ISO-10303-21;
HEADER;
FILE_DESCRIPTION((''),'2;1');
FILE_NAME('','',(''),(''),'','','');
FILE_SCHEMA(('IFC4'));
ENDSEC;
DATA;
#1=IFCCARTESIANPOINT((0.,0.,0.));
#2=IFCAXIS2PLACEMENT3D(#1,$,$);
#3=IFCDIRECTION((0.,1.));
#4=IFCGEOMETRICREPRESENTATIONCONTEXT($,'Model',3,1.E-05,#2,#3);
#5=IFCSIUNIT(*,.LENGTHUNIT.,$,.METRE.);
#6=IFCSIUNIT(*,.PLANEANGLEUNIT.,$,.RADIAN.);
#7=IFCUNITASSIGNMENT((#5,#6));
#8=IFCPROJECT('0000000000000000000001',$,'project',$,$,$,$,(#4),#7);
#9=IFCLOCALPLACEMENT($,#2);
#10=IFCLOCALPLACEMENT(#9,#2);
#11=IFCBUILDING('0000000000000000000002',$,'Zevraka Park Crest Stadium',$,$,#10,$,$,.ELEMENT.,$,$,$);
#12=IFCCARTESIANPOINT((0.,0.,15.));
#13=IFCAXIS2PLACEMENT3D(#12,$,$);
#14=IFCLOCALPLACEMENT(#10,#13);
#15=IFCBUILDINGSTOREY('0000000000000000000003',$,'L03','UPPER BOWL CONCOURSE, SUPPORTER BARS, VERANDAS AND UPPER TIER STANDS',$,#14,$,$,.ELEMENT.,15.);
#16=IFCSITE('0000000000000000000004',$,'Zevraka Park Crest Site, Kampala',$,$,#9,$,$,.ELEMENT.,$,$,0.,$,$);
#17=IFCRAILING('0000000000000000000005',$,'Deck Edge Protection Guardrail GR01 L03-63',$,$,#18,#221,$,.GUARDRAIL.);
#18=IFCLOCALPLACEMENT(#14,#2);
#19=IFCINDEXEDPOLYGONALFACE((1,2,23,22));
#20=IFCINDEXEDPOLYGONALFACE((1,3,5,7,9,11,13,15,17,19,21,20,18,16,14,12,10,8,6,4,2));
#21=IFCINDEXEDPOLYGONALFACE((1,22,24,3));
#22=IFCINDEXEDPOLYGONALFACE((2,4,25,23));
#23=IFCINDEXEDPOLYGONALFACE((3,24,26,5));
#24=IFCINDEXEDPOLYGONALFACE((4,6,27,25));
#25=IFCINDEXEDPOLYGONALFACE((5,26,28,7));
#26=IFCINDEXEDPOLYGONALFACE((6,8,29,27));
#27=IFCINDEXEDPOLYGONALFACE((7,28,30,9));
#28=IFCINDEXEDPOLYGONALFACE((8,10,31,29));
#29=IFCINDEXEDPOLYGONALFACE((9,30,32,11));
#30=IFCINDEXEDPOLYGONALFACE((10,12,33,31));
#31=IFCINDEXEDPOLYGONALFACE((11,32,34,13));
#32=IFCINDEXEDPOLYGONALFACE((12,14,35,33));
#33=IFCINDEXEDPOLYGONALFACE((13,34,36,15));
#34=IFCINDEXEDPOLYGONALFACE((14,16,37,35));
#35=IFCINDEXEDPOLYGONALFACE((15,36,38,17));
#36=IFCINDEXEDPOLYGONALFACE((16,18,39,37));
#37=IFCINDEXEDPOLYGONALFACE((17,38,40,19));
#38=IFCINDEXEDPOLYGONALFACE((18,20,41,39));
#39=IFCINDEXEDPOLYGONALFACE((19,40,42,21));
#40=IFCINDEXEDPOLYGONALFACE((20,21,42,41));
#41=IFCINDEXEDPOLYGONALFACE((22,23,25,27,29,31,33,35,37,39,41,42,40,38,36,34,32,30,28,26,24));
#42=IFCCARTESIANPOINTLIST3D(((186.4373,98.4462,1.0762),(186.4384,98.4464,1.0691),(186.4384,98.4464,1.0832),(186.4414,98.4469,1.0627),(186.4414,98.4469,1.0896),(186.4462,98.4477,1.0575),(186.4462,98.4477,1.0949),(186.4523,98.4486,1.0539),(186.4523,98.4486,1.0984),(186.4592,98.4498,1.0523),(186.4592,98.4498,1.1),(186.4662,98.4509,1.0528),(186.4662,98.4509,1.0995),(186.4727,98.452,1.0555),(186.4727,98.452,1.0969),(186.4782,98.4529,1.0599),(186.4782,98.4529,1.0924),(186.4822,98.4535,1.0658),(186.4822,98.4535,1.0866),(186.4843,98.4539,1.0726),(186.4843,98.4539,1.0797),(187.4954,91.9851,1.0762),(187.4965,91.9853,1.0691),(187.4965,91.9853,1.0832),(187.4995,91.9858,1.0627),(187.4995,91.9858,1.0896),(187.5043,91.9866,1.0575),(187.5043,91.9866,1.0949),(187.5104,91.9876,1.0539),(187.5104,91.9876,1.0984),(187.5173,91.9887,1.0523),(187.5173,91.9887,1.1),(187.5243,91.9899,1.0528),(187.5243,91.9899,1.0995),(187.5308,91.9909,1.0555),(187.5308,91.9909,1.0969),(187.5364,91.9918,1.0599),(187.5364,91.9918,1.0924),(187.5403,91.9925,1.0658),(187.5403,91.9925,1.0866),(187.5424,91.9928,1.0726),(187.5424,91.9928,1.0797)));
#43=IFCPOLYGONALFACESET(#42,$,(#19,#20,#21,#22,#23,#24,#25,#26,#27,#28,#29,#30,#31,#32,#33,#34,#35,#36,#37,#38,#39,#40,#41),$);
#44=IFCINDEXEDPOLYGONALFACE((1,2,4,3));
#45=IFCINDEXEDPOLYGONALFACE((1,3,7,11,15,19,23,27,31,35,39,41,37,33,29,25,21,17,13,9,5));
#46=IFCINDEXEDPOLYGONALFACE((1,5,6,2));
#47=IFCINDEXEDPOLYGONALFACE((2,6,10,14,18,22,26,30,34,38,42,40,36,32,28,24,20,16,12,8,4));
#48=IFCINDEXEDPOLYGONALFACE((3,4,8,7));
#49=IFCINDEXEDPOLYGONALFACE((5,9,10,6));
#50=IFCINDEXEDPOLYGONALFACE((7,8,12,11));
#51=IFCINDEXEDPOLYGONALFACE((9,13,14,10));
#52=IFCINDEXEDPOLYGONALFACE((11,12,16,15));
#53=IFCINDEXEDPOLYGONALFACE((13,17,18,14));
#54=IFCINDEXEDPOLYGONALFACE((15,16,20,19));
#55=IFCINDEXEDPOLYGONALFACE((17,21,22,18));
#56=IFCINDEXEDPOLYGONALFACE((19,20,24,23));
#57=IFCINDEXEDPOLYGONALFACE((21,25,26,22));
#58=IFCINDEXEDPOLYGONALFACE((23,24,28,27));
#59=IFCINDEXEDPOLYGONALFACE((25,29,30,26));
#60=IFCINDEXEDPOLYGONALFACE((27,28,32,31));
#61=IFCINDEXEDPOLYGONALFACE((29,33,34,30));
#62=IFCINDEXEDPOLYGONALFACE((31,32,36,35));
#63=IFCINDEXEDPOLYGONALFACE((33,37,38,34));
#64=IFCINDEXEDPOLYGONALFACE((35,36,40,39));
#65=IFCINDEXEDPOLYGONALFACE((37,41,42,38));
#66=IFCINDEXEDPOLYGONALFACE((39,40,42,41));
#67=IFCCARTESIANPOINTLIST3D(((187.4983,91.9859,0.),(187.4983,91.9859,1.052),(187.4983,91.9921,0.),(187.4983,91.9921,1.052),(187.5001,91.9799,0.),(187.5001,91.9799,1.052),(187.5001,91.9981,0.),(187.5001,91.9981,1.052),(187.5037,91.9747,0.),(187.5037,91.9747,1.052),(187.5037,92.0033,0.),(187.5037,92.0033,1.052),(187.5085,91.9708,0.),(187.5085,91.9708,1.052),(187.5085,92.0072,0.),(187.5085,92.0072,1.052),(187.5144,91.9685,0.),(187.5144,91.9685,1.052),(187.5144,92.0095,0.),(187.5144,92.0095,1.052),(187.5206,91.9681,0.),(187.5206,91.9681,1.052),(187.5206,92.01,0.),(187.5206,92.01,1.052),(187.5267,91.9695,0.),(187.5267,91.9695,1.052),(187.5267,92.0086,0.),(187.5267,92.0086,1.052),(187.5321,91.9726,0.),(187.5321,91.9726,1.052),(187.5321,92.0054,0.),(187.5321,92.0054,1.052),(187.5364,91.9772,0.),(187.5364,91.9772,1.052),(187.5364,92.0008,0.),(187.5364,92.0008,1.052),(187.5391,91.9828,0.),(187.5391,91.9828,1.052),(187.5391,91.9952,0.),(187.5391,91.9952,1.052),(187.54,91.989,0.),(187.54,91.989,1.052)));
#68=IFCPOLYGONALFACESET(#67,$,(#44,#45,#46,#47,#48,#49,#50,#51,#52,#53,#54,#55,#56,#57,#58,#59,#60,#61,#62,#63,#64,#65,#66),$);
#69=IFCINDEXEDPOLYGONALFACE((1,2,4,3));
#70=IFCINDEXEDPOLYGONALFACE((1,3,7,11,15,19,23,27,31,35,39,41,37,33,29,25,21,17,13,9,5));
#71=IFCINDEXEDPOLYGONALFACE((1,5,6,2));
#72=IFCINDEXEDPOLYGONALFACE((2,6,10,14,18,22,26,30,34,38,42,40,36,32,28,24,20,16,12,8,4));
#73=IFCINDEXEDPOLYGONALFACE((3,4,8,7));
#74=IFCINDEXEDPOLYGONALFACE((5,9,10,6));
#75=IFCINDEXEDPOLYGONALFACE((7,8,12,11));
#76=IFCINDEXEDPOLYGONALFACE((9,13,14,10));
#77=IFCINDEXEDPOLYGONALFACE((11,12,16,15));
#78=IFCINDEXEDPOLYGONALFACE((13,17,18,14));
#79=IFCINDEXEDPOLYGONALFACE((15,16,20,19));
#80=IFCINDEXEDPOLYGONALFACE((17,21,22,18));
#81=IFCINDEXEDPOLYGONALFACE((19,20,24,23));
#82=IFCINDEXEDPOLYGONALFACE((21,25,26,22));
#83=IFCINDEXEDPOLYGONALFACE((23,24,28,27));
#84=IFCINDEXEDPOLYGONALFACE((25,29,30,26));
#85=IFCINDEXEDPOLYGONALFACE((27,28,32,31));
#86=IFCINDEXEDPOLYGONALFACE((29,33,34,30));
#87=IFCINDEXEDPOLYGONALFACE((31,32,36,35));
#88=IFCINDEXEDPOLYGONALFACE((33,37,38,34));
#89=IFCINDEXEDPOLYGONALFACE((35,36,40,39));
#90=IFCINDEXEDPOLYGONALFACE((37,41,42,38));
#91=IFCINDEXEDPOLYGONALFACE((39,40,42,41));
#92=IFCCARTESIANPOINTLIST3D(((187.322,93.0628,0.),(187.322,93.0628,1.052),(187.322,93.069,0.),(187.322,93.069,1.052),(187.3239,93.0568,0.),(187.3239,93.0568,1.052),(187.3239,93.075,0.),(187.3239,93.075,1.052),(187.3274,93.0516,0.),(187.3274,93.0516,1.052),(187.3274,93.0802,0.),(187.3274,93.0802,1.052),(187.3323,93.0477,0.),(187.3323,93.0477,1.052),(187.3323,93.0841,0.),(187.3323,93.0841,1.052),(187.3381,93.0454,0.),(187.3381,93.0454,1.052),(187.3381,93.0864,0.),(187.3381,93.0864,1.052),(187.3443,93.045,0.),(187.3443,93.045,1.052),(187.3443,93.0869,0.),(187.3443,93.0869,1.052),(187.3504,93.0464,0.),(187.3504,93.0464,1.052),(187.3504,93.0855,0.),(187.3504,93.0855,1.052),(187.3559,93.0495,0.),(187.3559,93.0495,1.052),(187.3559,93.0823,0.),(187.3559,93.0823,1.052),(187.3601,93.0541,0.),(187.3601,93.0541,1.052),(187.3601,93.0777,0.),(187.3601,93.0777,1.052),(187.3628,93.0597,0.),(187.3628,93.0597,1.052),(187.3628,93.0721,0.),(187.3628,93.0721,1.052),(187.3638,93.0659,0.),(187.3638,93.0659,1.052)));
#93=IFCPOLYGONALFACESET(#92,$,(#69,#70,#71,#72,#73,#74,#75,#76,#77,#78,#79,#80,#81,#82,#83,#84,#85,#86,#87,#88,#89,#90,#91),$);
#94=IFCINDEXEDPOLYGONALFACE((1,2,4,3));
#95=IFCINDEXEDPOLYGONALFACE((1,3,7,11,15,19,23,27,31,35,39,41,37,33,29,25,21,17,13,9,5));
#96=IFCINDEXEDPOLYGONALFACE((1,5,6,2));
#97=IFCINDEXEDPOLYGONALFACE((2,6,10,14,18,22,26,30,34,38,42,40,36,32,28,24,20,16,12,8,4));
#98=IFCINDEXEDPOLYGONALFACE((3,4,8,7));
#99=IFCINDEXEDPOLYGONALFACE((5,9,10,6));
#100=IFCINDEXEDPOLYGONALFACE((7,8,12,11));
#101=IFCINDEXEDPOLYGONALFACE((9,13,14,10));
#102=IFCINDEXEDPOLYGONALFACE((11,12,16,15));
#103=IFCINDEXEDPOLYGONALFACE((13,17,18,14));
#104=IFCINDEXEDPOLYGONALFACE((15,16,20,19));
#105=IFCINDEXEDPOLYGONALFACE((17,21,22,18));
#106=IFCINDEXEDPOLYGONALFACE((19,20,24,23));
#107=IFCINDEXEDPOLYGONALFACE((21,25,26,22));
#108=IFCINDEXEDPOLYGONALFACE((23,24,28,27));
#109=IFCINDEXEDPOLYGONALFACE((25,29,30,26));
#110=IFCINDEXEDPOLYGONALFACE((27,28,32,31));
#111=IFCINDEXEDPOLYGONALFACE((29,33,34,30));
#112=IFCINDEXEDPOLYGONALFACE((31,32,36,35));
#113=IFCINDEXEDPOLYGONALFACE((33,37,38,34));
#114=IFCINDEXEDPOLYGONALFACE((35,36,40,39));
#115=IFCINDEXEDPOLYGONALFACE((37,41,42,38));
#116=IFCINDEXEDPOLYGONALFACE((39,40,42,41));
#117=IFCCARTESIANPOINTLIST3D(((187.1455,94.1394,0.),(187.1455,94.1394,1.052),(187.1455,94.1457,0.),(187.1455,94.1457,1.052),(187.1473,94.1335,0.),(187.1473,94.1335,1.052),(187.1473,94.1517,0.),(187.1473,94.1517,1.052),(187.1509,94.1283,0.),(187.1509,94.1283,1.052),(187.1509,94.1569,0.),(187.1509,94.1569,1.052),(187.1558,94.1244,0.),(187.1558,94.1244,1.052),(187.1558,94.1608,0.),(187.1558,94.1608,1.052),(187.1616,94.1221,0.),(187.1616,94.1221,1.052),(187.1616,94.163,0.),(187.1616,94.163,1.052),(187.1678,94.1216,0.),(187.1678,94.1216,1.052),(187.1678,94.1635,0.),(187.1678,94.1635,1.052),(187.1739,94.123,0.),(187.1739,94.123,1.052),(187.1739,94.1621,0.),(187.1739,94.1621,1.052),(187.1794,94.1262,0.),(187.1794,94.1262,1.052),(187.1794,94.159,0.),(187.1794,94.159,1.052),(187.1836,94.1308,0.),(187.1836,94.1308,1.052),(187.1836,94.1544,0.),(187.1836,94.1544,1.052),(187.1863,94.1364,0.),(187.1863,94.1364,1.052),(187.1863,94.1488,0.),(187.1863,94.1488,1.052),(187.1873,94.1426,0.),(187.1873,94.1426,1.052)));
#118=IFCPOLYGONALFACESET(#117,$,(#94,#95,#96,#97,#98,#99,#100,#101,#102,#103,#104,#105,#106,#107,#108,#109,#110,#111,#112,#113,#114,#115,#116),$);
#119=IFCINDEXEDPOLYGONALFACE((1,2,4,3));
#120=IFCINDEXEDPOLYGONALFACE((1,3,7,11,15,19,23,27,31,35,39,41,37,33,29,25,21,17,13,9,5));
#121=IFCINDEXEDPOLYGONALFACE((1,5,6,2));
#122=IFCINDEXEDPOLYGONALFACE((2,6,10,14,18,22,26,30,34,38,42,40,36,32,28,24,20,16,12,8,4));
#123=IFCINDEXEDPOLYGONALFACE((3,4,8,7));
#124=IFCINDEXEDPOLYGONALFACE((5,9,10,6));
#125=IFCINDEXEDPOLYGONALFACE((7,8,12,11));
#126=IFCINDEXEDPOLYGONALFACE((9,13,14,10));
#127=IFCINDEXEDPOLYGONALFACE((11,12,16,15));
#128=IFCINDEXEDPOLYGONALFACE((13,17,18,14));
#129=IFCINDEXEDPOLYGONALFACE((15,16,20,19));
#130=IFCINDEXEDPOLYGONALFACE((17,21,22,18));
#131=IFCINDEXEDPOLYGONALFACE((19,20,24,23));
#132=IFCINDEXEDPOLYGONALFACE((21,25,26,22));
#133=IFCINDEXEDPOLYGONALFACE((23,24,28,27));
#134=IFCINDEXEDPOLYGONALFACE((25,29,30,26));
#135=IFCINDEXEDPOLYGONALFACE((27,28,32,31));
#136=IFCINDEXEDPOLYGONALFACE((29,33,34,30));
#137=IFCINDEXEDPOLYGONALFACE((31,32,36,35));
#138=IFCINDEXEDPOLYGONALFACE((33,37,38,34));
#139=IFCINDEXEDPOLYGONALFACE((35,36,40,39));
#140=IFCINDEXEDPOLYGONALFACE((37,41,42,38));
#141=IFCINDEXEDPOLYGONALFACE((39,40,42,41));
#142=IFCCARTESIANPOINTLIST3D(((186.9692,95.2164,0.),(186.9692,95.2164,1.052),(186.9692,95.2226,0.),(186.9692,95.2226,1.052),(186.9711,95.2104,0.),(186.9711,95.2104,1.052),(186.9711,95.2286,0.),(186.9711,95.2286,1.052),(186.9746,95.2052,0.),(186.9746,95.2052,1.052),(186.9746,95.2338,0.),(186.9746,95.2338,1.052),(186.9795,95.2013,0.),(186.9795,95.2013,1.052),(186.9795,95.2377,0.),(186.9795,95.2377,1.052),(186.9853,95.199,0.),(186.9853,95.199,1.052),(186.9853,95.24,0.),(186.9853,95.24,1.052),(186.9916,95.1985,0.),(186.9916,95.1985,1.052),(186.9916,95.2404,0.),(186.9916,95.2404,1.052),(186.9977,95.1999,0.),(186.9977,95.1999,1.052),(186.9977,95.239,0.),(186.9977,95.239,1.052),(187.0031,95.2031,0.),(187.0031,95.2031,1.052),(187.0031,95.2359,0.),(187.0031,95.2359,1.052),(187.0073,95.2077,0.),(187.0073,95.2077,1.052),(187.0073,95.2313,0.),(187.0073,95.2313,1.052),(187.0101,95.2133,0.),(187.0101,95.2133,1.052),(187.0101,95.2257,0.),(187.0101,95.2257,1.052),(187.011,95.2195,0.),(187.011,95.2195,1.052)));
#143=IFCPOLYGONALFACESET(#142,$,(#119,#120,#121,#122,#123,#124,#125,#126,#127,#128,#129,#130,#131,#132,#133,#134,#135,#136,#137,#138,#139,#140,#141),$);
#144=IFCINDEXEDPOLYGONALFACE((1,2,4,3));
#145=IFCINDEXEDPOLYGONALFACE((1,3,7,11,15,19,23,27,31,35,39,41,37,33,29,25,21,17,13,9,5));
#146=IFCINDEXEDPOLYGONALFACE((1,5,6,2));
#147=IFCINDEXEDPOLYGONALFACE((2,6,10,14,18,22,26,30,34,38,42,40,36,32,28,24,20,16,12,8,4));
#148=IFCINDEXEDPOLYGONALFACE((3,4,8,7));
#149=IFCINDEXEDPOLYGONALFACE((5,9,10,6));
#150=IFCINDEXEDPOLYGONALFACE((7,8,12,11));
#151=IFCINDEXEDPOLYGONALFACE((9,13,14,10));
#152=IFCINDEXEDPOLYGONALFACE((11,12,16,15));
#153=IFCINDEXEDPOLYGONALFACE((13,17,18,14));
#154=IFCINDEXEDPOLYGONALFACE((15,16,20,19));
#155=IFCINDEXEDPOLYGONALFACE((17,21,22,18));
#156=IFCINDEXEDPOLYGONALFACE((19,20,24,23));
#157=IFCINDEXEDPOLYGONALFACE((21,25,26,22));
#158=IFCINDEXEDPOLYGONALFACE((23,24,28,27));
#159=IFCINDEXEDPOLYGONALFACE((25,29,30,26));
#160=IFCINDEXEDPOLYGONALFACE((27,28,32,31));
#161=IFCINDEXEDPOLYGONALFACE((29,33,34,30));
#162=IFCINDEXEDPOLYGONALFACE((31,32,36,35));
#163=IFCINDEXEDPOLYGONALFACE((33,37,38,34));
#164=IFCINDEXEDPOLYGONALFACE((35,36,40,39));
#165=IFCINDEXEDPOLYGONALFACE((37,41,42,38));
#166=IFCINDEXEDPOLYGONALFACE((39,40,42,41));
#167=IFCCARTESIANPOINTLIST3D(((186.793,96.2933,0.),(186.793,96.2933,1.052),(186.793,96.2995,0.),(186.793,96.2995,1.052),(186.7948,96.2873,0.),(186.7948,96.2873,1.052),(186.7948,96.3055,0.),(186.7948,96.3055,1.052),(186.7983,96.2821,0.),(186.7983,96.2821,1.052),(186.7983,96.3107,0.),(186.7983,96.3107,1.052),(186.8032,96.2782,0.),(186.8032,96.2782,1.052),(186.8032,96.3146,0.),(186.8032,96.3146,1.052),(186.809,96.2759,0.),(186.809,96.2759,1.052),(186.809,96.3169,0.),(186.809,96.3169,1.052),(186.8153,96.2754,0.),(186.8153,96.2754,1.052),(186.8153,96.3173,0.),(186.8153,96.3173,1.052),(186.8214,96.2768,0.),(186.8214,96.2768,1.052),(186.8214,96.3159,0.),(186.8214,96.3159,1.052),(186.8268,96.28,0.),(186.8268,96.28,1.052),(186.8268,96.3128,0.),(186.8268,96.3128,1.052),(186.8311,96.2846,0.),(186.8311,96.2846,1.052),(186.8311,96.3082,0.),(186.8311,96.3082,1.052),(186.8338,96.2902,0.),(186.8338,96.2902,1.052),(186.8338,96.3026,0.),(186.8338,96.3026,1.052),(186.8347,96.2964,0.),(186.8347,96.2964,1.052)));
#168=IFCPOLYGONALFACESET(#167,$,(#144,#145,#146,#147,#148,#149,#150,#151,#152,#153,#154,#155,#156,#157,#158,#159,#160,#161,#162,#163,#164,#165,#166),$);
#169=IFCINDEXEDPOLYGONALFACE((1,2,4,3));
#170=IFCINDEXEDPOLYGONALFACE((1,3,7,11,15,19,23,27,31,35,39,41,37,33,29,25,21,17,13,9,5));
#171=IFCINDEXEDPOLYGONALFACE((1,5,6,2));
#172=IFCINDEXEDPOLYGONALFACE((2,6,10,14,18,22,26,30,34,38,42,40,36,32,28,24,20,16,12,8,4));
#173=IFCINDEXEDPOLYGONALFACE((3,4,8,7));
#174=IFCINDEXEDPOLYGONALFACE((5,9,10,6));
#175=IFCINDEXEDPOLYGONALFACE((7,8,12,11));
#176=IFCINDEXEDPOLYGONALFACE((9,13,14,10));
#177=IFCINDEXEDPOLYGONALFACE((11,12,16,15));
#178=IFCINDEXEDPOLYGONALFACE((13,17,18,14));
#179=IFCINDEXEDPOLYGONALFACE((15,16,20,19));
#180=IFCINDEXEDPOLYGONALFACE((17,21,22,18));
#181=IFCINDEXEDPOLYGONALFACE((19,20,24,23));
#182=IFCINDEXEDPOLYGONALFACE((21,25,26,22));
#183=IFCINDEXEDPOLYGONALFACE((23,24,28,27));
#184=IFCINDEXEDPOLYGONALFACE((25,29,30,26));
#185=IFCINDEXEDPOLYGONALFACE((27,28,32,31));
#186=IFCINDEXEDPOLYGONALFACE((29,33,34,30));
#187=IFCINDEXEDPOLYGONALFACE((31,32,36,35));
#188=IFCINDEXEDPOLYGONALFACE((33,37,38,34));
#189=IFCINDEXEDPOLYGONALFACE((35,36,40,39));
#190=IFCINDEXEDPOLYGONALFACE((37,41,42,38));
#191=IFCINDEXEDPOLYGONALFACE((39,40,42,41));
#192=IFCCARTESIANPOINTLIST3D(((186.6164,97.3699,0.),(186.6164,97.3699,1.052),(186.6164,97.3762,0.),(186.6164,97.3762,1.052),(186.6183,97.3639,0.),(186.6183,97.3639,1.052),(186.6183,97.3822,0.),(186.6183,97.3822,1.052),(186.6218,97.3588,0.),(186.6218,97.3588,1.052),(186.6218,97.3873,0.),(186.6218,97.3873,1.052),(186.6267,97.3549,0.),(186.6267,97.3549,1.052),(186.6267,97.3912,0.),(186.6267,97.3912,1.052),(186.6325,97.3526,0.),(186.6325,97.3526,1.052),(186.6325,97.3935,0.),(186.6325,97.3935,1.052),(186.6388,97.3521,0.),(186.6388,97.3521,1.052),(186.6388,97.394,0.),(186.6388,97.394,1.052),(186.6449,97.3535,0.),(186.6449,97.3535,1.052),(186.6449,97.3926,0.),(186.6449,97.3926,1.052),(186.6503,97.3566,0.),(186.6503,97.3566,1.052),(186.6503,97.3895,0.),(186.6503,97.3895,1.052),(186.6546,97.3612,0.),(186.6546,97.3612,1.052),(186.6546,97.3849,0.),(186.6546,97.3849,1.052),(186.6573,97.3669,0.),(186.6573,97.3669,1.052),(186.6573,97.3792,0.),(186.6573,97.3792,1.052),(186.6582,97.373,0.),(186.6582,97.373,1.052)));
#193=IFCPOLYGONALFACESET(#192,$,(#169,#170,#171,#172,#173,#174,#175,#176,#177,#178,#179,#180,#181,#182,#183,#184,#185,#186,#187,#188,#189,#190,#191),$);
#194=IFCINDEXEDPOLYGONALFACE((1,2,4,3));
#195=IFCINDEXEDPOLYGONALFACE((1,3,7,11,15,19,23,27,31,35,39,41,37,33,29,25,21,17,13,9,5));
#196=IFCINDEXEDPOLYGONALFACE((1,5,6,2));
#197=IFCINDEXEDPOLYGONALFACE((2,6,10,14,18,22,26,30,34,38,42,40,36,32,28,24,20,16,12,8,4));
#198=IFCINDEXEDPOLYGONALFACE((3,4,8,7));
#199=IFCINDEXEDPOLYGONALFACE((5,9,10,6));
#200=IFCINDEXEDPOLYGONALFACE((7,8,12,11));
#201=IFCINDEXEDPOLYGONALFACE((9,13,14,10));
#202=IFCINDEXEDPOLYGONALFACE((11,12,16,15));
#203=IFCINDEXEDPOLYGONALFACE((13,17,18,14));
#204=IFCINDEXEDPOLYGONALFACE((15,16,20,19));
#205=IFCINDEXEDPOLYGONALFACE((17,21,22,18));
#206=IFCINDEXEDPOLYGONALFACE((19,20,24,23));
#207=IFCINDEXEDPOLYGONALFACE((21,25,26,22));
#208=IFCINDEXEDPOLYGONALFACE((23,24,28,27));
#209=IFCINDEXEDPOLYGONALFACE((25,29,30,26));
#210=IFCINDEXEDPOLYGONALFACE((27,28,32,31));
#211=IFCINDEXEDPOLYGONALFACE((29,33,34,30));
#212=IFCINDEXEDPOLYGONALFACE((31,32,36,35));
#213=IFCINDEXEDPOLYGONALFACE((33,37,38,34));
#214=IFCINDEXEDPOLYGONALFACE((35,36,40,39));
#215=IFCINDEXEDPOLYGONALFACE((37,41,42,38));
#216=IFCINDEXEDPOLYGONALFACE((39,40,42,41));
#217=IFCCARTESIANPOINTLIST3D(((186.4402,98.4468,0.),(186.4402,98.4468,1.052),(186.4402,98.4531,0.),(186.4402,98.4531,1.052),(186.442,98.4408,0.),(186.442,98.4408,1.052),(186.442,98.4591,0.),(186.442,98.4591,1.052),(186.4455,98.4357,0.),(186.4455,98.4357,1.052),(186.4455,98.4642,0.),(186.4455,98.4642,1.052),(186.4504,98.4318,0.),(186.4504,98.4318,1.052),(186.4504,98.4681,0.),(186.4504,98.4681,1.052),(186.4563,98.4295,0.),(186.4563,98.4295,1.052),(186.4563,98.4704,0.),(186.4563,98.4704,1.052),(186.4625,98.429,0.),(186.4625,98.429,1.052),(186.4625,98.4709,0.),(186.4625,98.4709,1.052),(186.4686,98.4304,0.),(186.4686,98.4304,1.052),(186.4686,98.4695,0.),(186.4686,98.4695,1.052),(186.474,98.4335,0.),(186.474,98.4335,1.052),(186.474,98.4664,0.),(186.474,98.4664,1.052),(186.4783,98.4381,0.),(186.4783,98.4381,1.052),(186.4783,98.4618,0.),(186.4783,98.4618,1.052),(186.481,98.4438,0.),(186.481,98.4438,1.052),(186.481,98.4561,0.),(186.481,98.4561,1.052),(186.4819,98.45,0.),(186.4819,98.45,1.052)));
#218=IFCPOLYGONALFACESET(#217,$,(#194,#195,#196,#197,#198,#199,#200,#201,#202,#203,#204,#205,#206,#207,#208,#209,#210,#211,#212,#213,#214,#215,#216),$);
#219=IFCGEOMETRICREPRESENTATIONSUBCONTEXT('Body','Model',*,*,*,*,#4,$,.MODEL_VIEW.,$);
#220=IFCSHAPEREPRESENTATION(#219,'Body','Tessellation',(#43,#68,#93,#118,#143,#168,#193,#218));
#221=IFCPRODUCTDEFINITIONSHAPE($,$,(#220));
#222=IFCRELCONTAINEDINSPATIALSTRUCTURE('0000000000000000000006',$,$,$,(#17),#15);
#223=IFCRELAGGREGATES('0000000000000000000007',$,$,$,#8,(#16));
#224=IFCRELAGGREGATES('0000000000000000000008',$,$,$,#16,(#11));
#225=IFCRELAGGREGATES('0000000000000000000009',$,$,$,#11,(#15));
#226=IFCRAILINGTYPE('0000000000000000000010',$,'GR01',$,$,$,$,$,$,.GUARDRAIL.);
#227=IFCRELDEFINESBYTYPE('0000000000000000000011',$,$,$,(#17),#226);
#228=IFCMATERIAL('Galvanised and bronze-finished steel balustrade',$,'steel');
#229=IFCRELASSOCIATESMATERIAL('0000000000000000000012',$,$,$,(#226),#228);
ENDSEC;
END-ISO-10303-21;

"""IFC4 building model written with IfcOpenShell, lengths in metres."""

from ifc_helpers import new_model, si_unit, direction, frame, origin, origin_2d, place, context, subcontext, project, spatial, circle, extrude, material, type_object, element, save


model = new_model("IFC4")

# Units and contexts
model_context = context("Model", 3, precision=1e-05, world=origin(), true_north=direction((0.0, 1.0)))
body_context = subcontext(model_context, "Body", "Model", "MODEL_VIEW")
ifc_project = project(units=[si_unit("LENGTHUNIT", "METRE"), si_unit("PLANEANGLEUNIT", "RADIAN")], contexts=[model_context])

# Site, building, storey
site_placement = place(None, origin())
site = spatial("IfcSite", under=ifc_project, at=site_placement, Name="Zevraka Park Crest Site, Kampala", CompositionType="ELEMENT", RefElevation=0.0)
building_placement = place(site_placement, origin())
building = spatial("IfcBuilding", under=site, at=building_placement, Name="Zevraka Park Crest Stadium", CompositionType="ELEMENT")
storey_placement = place(building_placement, frame((0.0, 0.0, 15.0)))
storey = spatial("IfcBuildingStorey", under=building, at=storey_placement, Name="L03", Description="UPPER BOWL CONCOURSE, SUPPORTER BARS, VERANDAS AND UPPER TIER STANDS", CompositionType="ELEMENT", Elevation=15.0)

# Railing
ifc_material_1 = material(Name="Galvanised and bronze-finished steel balustrade", Category="steel")
railing_type_1 = type_object("IfcRailingType", Name="GR01", PredefinedType="GUARDRAIL", material=ifc_material_1)
railing_1_placement = place(storey_placement, frame((187.519, 91.989, 0.0)))
element("IfcRailing", 1, at=railing_1_placement, inside=storey, type_object=railing_type_1, Name="Deck Edge Protection Guardrail GR01 L03-63", PredefinedType="GUARDRAIL", context=body_context, shape_type="SweptSolid", body=[
    extrude(circle(Radius=0.0239, at=origin_2d()), frame((0.0, 0.0, 1.0762), z_axis=(-0.161617, 0.986854, 0.0), x_axis=(-0.986854, -0.161617, 0.0)), (0.0, 0.0, 1.0), 6.5471),
    extrude(circle(Radius=0.021, at=origin_2d()), origin(), (0.0, 0.0, 1.0), 1.052),
    extrude(circle(Radius=0.021, at=origin_2d()), frame((-0.1763, 1.0769, 0.0)), (0.0, 0.0, 1.0), 1.052),
    extrude(circle(Radius=0.021, at=origin_2d()), frame((-0.3528, 2.1536, 0.0)), (0.0, 0.0, 1.0), 1.052),
    extrude(circle(Radius=0.021, at=origin_2d()), frame((-0.5291, 3.2305, 0.0)), (0.0, 0.0, 1.0), 1.052),
    extrude(circle(Radius=0.021, at=origin_2d()), frame((-0.7053, 4.3074, 0.0)), (0.0, 0.0, 1.0), 1.052),
    extrude(circle(Radius=0.021, at=origin_2d()), frame((-0.8818, 5.384, 0.0)), (0.0, 0.0, 1.0), 1.052),
    extrude(circle(Radius=0.021, at=origin_2d()), frame((-1.0581, 6.4609, 0.0)), (0.0, 0.0, 1.0), 1.052),
])

save(model, "model.ifc")
